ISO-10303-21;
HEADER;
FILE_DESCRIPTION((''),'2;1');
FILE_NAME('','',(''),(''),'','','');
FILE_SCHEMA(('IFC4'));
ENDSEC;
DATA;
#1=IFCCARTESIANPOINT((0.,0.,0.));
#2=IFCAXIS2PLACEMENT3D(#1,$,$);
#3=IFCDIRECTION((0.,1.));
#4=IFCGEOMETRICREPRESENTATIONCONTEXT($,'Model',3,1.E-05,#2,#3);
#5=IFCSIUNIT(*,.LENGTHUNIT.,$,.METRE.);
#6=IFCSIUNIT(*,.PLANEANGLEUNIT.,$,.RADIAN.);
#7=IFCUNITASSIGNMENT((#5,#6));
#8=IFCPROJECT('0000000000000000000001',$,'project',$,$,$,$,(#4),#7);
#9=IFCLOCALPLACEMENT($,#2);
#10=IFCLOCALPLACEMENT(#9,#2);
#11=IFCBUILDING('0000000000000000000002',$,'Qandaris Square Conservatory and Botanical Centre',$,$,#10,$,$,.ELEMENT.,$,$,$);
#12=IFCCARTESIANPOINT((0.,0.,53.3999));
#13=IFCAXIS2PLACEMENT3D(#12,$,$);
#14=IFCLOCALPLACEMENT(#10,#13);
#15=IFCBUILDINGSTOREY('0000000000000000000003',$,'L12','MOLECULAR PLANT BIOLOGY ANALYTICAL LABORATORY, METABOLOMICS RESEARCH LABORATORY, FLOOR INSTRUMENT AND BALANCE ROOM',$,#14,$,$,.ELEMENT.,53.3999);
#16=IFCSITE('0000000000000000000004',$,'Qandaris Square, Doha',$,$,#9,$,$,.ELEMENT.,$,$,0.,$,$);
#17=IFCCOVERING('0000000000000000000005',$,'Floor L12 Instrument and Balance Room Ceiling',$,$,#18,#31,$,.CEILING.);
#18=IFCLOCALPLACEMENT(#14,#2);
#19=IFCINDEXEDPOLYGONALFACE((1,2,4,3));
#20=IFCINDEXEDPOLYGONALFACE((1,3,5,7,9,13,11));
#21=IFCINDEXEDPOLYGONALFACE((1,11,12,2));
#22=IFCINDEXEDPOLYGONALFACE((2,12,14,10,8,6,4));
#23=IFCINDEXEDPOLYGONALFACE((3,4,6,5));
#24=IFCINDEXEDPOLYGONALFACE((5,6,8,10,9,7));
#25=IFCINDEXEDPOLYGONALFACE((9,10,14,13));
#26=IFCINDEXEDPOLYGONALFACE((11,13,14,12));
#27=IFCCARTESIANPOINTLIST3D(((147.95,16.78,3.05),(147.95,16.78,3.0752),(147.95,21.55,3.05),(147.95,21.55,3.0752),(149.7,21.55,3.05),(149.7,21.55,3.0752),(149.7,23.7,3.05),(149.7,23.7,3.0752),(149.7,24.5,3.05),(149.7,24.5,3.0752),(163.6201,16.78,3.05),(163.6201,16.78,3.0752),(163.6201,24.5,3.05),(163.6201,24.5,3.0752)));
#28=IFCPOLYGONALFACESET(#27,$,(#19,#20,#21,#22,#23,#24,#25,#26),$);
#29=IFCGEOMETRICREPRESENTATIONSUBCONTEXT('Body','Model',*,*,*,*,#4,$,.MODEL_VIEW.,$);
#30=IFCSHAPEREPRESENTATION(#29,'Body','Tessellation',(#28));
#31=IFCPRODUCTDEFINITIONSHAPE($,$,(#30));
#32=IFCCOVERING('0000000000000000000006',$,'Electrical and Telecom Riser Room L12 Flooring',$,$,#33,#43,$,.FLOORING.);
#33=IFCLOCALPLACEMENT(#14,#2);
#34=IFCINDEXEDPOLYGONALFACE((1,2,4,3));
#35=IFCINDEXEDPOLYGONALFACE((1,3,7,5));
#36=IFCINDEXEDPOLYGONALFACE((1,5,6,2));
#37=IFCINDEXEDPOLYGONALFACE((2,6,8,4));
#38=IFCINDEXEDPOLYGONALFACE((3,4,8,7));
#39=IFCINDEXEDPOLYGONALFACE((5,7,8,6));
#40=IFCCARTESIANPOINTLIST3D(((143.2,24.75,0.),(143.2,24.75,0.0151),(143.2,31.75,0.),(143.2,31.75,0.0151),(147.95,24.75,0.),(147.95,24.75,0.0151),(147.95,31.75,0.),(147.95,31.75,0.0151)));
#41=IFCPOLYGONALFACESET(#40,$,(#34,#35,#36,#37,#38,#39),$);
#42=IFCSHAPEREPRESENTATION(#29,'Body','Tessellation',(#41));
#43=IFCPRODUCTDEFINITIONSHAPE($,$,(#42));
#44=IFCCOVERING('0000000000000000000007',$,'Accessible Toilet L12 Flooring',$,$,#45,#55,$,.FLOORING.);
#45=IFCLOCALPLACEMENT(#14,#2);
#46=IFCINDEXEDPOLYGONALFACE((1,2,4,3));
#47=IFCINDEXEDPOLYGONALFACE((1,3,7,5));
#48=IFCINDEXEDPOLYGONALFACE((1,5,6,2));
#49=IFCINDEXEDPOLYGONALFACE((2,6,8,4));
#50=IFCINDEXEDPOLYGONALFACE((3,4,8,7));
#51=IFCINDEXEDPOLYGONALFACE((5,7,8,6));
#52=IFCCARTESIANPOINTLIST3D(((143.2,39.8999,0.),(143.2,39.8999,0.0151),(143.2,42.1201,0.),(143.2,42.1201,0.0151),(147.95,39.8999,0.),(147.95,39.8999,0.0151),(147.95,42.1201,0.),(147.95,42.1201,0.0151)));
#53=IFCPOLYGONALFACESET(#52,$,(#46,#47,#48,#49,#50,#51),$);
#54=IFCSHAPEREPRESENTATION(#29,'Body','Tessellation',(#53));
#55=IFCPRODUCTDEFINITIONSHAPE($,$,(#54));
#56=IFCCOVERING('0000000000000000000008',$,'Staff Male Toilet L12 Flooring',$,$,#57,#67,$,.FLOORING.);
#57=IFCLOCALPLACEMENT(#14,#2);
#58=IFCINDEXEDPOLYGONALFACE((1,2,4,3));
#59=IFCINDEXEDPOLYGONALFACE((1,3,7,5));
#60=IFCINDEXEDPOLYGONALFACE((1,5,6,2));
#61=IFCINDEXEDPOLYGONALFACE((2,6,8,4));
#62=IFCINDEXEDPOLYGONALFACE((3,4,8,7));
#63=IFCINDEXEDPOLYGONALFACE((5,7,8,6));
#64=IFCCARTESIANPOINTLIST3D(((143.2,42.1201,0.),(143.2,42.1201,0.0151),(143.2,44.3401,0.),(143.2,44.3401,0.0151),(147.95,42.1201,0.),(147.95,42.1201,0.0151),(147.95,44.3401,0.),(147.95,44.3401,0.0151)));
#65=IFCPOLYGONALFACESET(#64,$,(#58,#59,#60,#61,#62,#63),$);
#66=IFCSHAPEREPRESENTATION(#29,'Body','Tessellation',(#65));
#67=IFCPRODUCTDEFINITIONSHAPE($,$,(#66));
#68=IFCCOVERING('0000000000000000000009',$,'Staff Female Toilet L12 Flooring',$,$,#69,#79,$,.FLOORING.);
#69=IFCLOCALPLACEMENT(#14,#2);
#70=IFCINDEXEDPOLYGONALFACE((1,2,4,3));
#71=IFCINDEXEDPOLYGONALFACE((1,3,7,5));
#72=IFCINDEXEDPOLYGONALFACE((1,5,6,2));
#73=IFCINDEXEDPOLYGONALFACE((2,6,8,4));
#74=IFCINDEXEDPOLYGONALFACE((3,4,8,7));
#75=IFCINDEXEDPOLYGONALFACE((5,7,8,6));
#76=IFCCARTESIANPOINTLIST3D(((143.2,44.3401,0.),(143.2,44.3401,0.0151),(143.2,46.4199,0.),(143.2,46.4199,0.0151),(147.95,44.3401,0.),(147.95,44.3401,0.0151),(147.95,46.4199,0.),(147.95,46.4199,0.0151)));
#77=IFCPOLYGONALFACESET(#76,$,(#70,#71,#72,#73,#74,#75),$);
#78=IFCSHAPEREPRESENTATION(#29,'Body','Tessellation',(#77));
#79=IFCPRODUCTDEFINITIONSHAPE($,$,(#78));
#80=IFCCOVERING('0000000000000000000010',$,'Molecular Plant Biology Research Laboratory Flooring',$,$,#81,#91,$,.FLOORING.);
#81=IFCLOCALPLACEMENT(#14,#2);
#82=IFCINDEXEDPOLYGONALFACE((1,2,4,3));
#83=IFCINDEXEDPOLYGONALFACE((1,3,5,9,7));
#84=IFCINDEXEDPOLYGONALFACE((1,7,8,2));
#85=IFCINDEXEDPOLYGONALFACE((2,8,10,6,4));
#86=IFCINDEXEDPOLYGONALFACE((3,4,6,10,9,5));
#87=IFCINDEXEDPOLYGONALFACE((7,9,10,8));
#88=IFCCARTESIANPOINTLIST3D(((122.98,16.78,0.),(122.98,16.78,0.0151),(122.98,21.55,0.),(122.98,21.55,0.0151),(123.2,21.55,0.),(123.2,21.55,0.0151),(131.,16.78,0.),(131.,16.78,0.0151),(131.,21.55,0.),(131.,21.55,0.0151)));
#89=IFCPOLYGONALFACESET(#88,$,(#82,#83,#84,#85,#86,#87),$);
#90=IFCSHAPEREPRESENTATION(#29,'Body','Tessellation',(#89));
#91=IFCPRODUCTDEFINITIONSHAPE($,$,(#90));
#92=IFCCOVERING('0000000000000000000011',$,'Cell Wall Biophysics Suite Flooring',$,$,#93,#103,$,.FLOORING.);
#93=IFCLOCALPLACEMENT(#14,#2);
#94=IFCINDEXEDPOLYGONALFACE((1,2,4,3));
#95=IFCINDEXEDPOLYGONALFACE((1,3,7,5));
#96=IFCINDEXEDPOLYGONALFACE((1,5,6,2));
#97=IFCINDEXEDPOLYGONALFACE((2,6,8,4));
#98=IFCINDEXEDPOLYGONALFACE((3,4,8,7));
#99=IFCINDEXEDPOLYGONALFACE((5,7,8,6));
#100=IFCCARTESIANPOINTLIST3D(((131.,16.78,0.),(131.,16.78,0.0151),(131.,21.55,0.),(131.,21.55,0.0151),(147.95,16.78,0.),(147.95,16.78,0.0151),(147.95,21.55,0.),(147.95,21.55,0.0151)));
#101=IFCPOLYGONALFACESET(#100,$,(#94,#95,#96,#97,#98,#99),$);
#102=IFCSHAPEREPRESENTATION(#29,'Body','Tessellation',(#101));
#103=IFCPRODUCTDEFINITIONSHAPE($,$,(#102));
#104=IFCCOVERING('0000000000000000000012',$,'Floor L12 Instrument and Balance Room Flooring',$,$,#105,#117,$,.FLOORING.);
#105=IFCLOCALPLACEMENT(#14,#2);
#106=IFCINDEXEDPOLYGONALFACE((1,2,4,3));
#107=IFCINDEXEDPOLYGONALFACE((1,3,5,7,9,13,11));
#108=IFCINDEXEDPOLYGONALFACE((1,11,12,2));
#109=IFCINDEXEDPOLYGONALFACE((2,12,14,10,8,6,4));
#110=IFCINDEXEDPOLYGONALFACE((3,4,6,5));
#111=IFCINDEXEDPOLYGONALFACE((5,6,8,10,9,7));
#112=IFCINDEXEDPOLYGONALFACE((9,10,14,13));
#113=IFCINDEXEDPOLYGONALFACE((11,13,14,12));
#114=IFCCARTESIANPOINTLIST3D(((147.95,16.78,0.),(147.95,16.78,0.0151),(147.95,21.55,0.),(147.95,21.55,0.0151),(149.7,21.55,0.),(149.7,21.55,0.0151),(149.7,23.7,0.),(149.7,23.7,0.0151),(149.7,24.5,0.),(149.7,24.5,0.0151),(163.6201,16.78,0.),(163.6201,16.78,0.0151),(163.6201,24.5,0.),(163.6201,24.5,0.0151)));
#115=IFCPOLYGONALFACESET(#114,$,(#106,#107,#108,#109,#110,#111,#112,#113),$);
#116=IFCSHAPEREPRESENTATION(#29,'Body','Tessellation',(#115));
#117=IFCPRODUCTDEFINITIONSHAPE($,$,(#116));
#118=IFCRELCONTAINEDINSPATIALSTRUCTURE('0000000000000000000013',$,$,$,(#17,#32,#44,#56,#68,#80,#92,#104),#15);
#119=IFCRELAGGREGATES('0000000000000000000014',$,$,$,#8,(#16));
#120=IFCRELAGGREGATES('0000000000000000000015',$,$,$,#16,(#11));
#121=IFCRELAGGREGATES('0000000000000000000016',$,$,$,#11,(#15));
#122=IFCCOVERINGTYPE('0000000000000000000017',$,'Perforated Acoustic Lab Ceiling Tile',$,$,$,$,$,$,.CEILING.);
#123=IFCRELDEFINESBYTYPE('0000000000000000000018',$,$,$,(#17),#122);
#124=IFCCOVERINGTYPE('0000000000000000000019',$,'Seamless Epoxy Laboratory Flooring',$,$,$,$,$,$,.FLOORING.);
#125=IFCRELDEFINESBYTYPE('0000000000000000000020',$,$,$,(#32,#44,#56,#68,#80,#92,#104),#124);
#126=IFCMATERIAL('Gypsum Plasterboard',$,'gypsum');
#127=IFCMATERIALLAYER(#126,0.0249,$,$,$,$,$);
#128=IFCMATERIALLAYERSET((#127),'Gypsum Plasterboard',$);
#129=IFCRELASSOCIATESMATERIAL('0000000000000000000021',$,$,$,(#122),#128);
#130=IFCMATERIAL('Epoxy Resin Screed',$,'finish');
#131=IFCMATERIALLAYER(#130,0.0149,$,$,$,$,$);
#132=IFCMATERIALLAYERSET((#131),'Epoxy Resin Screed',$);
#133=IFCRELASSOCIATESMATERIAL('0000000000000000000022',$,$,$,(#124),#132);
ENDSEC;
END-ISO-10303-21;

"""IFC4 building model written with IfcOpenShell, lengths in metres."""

from ifc_helpers import new_model, si_unit, direction, frame, origin, place, context, subcontext, project, spatial, polyline, outline, extrude, material, layer, layer_set, type_object, element, save


model = new_model("IFC4")

# Units and contexts
model_context = context("Model", 3, precision=1e-05, world=origin(), true_north=direction((0.0, 1.0)))
body_context = subcontext(model_context, "Body", "Model", "MODEL_VIEW")
ifc_project = project(units=[si_unit("LENGTHUNIT", "METRE"), si_unit("PLANEANGLEUNIT", "RADIAN")], contexts=[model_context])

# Site, building, storey
site_placement = place(None, origin())
site = spatial("IfcSite", under=ifc_project, at=site_placement, Name="Qandaris Square, Doha", CompositionType="ELEMENT", RefElevation=0.0)
building_placement = place(site_placement, origin())
building = spatial("IfcBuilding", under=site, at=building_placement, Name="Qandaris Square Conservatory and Botanical Centre", CompositionType="ELEMENT")
storey_placement = place(building_placement, frame((0.0, 0.0, 53.3999)))
storey = spatial("IfcBuildingStorey", under=building, at=storey_placement, Name="L12", Description="MOLECULAR PLANT BIOLOGY ANALYTICAL LABORATORY, METABOLOMICS RESEARCH LABORATORY, FLOOR INSTRUMENT AND BALANCE ROOM", CompositionType="ELEMENT", Elevation=53.3999)

# Coverings
ifc_material_1 = material(Name="Gypsum Plasterboard", Category="gypsum")
ifc_layer_1 = layer(ifc_material_1, 0.0249)
ifc_layer_set_1 = layer_set([ifc_layer_1], Name="Gypsum Plasterboard")
covering_type_1 = type_object("IfcCoveringType", Name="Perforated Acoustic Lab Ceiling Tile", PredefinedType="CEILING", material=ifc_layer_set_1)
covering_1_placement = place(storey_placement, frame((0.0, 0.0, 3.05)))
element("IfcCovering", 1, at=covering_1_placement, inside=storey, type_object=covering_type_1, Name="Floor L12 Instrument and Balance Room Ceiling", PredefinedType="CEILING", context=body_context, shape_type="SweptSolid", body=[
    extrude(outline(polyline([(147.95, 21.55), (149.7, 21.55), (149.7, 23.7), (149.7, 24.5), (163.6201, 24.5), (163.6201, 16.78), (147.95, 16.78), (147.95, 21.55)])), origin(), (0.0, 0.0, 1.0), 0.0251),
])
ifc_material_2 = material(Name="Epoxy Resin Screed", Category="finish")
ifc_layer_2 = layer(ifc_material_2, 0.0149)
ifc_layer_set_2 = layer_set([ifc_layer_2], Name="Epoxy Resin Screed")
covering_type_2 = type_object("IfcCoveringType", Name="Seamless Epoxy Laboratory Flooring", PredefinedType="FLOORING", material=ifc_layer_set_2)
covering_2_placement = place(storey_placement, origin())
element("IfcCovering", 2, at=covering_2_placement, inside=storey, type_object=covering_type_2, Name="Electrical and Telecom Riser Room L12 Flooring", PredefinedType="FLOORING", context=body_context, shape_type="SweptSolid", body=[
    extrude(outline(polyline([(147.95, 31.75), (147.95, 24.75), (143.2, 24.75), (143.2, 31.75), (147.95, 31.75)])), origin(), (0.0, 0.0, 1.0), 0.0151),
])
covering_3_placement = place(storey_placement, origin())
element("IfcCovering", 3, at=covering_3_placement, inside=storey, type_object=covering_type_2, Name="Accessible Toilet L12 Flooring", PredefinedType="FLOORING", context=body_context, shape_type="SweptSolid", body=[
    extrude(outline(polyline([(147.95, 42.1201), (147.95, 39.8999), (143.2, 39.8999), (143.2, 42.1201), (147.95, 42.1201)])), origin(), (0.0, 0.0, 1.0), 0.0151),
])
covering_4_placement = place(storey_placement, origin())
element("IfcCovering", 4, at=covering_4_placement, inside=storey, type_object=covering_type_2, Name="Staff Male Toilet L12 Flooring", PredefinedType="FLOORING", context=body_context, shape_type="SweptSolid", body=[
    extrude(outline(polyline([(147.95, 44.3401), (147.95, 42.1201), (143.2, 42.1201), (143.2, 44.3401), (147.95, 44.3401)])), origin(), (0.0, 0.0, 1.0), 0.0151),
])
covering_5_placement = place(storey_placement, origin())
element("IfcCovering", 5, at=covering_5_placement, inside=storey, type_object=covering_type_2, Name="Staff Female Toilet L12 Flooring", PredefinedType="FLOORING", context=body_context, shape_type="SweptSolid", body=[
    extrude(outline(polyline([(147.95, 46.4199), (147.95, 44.3401), (143.2, 44.3401), (143.2, 46.4199), (147.95, 46.4199)])), origin(), (0.0, 0.0, 1.0), 0.0151),
])
covering_6_placement = place(storey_placement, origin())
element("IfcCovering", 6, at=covering_6_placement, inside=storey, type_object=covering_type_2, Name="Molecular Plant Biology Research Laboratory Flooring", PredefinedType="FLOORING", context=body_context, shape_type="SweptSolid", body=[
    extrude(outline(polyline([(123.2, 21.55), (131.0, 21.55), (131.0, 16.78), (122.98, 16.78), (122.98, 21.55), (123.2, 21.55)])), origin(), (0.0, 0.0, 1.0), 0.0151),
])
covering_7_placement = place(storey_placement, origin())
element("IfcCovering", 7, at=covering_7_placement, inside=storey, type_object=covering_type_2, Name="Cell Wall Biophysics Suite Flooring", PredefinedType="FLOORING", context=body_context, shape_type="SweptSolid", body=[
    extrude(outline(polyline([(147.95, 21.55), (147.95, 16.78), (131.0, 16.78), (131.0, 21.55), (147.95, 21.55)])), origin(), (0.0, 0.0, 1.0), 0.0151),
])
covering_8_placement = place(storey_placement, origin())
element("IfcCovering", 8, at=covering_8_placement, inside=storey, type_object=covering_type_2, Name="Floor L12 Instrument and Balance Room Flooring", PredefinedType="FLOORING", context=body_context, shape_type="SweptSolid", body=[
    extrude(outline(polyline([(147.95, 21.55), (149.7, 21.55), (149.7, 23.7), (149.7, 24.5), (163.6201, 24.5), (163.6201, 16.78), (147.95, 16.78), (147.95, 21.55)])), origin(), (0.0, 0.0, 1.0), 0.0151),
])

save(model, "model.ifc")
